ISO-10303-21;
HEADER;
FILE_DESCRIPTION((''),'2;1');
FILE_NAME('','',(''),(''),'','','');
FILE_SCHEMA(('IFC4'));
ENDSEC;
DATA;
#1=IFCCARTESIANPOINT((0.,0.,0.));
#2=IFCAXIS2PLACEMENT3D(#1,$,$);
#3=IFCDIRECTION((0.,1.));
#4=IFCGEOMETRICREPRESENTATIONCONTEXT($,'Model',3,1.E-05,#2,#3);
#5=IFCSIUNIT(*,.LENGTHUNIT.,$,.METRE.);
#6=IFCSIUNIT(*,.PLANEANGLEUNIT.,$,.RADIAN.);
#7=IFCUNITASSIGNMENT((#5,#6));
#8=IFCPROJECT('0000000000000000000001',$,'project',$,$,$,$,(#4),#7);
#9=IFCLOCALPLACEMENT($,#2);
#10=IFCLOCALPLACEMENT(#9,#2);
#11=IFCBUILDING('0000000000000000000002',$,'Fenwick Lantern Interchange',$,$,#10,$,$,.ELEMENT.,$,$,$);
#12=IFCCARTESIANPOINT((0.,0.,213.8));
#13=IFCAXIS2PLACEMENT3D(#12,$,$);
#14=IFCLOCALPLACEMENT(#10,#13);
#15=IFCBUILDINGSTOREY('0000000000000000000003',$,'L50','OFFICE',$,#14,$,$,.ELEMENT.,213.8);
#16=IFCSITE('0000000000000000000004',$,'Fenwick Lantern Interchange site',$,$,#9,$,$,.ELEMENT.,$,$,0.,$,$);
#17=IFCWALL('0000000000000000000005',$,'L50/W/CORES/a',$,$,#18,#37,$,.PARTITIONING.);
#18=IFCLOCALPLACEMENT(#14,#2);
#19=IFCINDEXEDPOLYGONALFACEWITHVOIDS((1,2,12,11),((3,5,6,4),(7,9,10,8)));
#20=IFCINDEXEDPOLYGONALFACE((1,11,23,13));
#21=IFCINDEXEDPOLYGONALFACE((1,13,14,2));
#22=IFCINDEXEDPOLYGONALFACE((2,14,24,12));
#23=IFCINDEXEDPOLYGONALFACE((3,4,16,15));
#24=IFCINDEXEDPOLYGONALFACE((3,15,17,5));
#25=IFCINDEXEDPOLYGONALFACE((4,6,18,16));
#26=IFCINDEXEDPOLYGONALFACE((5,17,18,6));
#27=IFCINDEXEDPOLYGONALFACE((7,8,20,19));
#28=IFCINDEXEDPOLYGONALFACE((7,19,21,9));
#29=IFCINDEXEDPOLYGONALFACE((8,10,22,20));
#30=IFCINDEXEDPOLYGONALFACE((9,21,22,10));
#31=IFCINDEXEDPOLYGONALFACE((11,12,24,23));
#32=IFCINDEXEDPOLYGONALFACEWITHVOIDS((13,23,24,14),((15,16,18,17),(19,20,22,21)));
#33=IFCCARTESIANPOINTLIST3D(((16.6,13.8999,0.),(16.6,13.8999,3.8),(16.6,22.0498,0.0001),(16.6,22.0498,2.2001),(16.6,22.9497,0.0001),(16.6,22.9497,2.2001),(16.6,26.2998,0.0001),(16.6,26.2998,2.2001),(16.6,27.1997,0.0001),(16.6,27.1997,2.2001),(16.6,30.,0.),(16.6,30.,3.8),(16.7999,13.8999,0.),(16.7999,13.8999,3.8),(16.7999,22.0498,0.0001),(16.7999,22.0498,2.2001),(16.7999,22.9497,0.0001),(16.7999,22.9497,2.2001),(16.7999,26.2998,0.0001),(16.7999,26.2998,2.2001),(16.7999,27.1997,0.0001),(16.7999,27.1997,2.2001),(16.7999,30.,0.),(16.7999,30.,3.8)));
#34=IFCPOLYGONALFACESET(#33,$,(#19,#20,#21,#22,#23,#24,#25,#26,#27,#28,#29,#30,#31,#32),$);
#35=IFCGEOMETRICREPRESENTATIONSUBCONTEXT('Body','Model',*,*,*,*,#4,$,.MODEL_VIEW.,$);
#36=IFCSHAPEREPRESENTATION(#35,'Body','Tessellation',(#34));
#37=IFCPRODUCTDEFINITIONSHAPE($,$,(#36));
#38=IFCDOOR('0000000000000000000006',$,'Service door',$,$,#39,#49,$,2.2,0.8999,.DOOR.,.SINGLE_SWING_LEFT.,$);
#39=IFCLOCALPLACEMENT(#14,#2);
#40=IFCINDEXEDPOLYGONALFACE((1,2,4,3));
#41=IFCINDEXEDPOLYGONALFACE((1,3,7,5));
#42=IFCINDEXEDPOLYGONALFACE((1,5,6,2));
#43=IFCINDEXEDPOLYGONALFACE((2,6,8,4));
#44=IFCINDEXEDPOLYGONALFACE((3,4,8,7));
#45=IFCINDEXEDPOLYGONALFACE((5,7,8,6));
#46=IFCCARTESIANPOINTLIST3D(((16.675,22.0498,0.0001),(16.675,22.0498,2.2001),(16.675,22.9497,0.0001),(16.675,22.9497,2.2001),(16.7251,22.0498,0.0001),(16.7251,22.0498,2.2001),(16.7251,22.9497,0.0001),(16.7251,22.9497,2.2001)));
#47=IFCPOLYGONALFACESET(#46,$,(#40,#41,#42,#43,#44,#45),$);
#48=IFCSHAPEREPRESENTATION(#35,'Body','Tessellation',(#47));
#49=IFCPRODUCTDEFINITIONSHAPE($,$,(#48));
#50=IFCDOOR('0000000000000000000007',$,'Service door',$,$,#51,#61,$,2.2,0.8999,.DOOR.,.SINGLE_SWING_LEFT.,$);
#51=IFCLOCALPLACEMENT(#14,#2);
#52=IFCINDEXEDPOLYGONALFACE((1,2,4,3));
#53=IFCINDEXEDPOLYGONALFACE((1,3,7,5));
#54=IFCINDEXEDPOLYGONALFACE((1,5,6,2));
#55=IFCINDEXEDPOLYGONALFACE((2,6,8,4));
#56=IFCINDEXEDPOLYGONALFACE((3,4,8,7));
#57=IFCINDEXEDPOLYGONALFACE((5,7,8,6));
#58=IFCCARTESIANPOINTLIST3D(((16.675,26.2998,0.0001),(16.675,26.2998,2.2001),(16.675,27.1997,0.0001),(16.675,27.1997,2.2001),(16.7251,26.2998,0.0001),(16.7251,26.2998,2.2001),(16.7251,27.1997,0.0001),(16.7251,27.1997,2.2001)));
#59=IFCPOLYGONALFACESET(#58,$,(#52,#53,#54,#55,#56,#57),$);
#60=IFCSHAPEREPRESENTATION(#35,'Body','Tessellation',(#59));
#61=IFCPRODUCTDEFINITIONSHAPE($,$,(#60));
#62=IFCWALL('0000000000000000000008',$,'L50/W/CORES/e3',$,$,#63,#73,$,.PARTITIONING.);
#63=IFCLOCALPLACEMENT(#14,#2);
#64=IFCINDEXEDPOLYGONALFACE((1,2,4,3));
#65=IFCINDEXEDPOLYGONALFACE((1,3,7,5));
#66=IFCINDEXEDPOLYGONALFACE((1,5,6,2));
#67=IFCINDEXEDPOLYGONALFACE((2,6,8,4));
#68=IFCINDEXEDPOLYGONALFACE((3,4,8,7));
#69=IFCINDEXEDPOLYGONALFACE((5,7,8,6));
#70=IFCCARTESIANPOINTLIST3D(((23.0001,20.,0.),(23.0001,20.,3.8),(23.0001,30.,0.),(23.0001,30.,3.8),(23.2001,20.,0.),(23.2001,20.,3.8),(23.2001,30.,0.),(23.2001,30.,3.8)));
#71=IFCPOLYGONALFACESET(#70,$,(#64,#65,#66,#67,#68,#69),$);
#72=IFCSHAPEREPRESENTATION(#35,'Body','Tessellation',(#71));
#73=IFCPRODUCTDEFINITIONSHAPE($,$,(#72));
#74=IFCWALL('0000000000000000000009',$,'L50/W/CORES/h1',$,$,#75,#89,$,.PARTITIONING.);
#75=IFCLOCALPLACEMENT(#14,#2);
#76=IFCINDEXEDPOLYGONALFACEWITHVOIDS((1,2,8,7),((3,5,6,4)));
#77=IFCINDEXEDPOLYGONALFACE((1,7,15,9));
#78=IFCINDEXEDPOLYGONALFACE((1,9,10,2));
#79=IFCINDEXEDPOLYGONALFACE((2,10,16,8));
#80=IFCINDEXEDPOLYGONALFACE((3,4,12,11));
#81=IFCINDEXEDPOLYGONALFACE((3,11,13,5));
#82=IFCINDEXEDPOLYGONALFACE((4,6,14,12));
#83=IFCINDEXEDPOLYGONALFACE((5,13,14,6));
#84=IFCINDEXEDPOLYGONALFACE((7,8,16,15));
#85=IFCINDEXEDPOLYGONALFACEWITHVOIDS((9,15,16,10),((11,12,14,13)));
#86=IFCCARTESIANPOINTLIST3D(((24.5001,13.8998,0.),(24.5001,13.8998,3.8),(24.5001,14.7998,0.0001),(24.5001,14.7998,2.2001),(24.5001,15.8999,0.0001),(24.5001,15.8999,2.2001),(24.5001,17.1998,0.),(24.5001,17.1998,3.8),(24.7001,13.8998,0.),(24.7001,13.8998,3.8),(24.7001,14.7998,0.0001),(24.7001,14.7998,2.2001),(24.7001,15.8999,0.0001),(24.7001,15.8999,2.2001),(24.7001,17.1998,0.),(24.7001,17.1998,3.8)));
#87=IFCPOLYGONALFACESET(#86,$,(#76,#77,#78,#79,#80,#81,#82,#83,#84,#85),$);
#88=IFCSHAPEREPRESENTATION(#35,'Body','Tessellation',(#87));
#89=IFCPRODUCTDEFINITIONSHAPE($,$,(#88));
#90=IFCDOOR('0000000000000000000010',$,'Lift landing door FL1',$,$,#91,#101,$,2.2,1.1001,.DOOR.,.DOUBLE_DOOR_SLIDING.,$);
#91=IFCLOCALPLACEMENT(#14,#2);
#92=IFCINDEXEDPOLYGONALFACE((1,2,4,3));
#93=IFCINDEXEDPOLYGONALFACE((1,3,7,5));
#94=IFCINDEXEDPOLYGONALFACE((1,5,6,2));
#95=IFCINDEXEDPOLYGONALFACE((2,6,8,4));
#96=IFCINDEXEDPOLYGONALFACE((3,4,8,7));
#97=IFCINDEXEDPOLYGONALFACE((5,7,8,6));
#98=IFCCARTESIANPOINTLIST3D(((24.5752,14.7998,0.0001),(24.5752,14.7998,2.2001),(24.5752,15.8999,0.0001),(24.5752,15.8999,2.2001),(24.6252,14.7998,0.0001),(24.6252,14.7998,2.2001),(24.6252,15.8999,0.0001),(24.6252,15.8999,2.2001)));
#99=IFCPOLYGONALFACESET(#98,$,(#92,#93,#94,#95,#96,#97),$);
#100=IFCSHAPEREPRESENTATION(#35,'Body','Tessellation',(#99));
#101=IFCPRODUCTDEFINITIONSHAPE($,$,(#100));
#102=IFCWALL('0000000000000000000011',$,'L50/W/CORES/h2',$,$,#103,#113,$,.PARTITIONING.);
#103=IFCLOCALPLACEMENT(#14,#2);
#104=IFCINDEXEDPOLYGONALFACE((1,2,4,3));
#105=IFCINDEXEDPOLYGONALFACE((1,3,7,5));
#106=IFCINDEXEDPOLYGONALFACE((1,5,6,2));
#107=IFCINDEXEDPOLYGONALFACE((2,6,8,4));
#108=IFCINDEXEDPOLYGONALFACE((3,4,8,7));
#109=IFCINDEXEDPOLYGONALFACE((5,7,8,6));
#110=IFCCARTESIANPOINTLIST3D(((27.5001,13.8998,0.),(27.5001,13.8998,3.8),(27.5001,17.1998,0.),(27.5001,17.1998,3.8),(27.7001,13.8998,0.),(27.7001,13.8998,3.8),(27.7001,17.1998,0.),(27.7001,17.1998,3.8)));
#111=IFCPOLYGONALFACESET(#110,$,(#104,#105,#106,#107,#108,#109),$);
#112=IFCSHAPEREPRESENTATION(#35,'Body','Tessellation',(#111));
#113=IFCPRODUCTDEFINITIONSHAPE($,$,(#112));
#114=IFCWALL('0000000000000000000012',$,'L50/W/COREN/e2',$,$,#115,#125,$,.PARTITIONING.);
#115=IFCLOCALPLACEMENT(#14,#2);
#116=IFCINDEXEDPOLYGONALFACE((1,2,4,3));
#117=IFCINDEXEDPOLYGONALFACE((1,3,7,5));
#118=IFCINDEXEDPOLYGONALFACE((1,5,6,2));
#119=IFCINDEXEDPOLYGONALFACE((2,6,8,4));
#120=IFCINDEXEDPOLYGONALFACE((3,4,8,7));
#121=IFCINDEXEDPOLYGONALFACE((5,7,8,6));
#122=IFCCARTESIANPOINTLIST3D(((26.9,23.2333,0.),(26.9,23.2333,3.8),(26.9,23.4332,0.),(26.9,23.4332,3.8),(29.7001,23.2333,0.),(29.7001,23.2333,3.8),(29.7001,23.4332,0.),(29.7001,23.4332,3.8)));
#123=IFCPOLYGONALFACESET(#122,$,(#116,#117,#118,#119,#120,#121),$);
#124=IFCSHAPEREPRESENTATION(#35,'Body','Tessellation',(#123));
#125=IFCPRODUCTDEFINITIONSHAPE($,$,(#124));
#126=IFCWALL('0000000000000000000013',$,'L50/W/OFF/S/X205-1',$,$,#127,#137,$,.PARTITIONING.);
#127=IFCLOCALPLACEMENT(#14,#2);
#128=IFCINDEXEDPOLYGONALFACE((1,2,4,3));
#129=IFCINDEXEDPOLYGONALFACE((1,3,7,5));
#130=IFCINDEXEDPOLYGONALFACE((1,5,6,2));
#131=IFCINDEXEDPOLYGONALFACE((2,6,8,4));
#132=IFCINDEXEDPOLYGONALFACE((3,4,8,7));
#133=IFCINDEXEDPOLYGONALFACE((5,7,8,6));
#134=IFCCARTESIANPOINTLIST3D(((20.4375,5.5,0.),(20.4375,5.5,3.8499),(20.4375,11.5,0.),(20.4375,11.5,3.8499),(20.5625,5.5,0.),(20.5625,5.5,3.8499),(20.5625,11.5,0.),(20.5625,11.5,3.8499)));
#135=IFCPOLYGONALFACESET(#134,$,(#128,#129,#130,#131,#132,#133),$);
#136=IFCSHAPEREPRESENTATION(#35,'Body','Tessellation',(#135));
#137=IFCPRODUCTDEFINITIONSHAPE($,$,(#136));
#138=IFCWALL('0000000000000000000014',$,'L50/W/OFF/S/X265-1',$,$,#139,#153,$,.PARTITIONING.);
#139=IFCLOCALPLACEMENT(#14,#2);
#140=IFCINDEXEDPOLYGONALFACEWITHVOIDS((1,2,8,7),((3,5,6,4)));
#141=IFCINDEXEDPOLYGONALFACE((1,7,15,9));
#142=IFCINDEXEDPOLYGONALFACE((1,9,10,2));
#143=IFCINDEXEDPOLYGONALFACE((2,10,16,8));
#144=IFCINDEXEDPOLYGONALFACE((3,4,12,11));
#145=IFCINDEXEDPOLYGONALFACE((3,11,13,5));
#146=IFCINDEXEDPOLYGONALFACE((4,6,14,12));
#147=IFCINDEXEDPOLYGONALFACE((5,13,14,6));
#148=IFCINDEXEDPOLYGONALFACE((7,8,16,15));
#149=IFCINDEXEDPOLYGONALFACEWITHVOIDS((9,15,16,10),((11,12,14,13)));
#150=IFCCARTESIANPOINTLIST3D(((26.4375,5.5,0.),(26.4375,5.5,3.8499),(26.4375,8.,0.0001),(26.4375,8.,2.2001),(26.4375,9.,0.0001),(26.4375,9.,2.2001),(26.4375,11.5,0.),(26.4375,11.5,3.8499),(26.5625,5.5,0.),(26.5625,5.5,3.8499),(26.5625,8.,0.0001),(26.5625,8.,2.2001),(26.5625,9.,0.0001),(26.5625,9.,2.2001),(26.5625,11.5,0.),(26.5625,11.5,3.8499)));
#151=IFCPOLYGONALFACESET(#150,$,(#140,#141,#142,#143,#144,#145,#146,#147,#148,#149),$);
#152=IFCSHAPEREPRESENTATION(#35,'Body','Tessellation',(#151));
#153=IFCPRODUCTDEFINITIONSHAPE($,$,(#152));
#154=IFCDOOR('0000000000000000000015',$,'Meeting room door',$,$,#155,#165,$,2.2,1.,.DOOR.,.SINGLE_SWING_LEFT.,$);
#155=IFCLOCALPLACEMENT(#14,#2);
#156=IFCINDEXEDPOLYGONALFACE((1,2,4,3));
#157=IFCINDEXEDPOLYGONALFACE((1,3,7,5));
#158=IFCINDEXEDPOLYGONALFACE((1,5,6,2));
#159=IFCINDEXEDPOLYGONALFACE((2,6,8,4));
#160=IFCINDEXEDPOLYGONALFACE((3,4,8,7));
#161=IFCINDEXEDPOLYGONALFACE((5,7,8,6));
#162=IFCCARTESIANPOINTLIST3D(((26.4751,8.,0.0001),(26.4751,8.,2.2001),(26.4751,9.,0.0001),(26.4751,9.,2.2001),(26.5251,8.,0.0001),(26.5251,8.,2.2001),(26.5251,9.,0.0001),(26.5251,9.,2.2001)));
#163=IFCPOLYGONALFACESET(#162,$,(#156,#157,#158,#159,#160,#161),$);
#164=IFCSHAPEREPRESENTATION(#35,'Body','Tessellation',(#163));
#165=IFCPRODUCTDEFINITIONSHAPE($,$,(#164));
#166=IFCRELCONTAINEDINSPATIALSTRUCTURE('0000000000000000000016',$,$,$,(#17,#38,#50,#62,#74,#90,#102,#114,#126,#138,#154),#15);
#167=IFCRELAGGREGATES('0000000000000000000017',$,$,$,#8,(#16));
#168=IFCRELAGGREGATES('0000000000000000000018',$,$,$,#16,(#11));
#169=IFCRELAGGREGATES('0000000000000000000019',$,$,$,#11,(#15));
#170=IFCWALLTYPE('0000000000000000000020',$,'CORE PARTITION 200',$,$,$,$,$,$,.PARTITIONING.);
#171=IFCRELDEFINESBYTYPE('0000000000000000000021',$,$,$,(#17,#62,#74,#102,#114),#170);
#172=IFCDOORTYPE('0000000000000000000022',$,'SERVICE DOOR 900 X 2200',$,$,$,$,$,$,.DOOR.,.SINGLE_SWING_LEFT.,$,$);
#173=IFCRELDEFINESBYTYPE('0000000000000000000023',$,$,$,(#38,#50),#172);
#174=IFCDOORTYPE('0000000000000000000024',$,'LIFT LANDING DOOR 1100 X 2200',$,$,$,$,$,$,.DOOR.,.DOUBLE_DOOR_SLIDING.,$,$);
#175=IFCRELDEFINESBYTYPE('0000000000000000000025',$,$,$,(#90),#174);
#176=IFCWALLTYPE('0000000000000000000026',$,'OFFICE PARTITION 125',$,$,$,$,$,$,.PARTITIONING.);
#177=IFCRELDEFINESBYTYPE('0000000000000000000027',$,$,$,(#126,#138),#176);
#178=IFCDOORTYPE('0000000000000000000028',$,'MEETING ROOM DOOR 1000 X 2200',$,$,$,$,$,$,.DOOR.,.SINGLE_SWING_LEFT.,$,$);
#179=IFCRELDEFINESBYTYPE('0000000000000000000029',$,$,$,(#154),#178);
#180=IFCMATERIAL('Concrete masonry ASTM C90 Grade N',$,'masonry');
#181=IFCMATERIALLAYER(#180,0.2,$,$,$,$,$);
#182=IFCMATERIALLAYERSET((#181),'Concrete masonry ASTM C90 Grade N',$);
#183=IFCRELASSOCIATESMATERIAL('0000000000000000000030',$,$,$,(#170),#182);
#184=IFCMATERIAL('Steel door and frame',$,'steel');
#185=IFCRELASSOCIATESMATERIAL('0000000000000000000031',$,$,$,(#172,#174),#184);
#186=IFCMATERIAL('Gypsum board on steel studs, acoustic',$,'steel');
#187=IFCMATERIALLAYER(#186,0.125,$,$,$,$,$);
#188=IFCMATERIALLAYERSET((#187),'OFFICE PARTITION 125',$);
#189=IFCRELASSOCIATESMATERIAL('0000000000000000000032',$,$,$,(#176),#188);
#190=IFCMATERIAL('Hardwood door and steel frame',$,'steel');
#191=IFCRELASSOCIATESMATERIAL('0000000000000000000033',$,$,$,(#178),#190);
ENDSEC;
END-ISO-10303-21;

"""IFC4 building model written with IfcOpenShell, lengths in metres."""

from ifc_helpers import new_model, si_unit, direction, frame, frame_2d, origin, place, context, subcontext, project, spatial, rectangle, extrude, material, layer, layer_set, type_object, element, fill, save


model = new_model("IFC4")

# Units and contexts
model_context = context("Model", 3, precision=1e-05, world=origin(), true_north=direction((0.0, 1.0)))
body_context = subcontext(model_context, "Body", "Model", "MODEL_VIEW")
ifc_project = project(units=[si_unit("LENGTHUNIT", "METRE"), si_unit("PLANEANGLEUNIT", "RADIAN")], contexts=[model_context])

# Site, building, storey
site_placement = place(None, origin())
site = spatial("IfcSite", under=ifc_project, at=site_placement, Name="Fenwick Lantern Interchange site", CompositionType="ELEMENT", RefElevation=0.0)
building_placement = place(site_placement, origin())
building = spatial("IfcBuilding", under=site, at=building_placement, Name="Fenwick Lantern Interchange", CompositionType="ELEMENT")
storey_placement = place(building_placement, frame((0.0, 0.0, 213.8)))
storey = spatial("IfcBuildingStorey", under=building, at=storey_placement, Name="L50", Description="OFFICE", CompositionType="ELEMENT", Elevation=213.8)

# Wall, openings, doors
ifc_material_1 = material(Name="Concrete masonry ASTM C90 Grade N", Category="masonry")
ifc_layer_1 = layer(ifc_material_1, 0.2)
ifc_layer_set_1 = layer_set([ifc_layer_1], Name="Concrete masonry ASTM C90 Grade N")
wall_type_1 = type_object("IfcWallType", Name="CORE PARTITION 200", PredefinedType="PARTITIONING", material=ifc_layer_set_1)
wall_1_placement = place(storey_placement, frame((16.7, 13.8999, 0.0), z_axis=(0.0, 0.0, 1.0), x_axis=(0.0, 1.0, 0.0)))
wall_1 = element("IfcWall", 1, at=wall_1_placement, inside=storey, type_object=wall_type_1, Name="L50/W/CORES/a", PredefinedType="PARTITIONING", context=body_context, shape_type="SweptSolid", body=[
    extrude(rectangle(XDim=16.1001, YDim=0.2, at=frame_2d((8.05, 0.0))), origin(), (0.0, 0.0, 1.0), 3.8),
])
opening_1_placement = place(wall_1_placement, frame((8.1499, 0.0, 0.0)))
opening_1 = element("IfcOpeningElement", 2, at=opening_1_placement, cuts=wall_1, PredefinedType="OPENING", context=body_context, shape_type="SweptSolid", body=[
    extrude(rectangle(XDim=0.8999, YDim=2.2, at=frame_2d((0.45, 1.1001))), frame((0.0, 0.1099, 0.0), z_axis=(0.0, -1.0, 0.0), x_axis=(1.0, 0.0, 0.0)), (0.0, 0.0, 1.0), 0.22),
])
opening_2_placement = place(wall_1_placement, frame((12.3999, 0.0, 0.0)))
opening_2 = element("IfcOpeningElement", 3, at=opening_2_placement, cuts=wall_1, PredefinedType="OPENING", context=body_context, shape_type="SweptSolid", body=[
    extrude(rectangle(XDim=0.8999, YDim=2.2, at=frame_2d((0.45, 1.1001))), frame((0.0, 0.1099, 0.0), z_axis=(0.0, -1.0, 0.0), x_axis=(1.0, 0.0, 0.0)), (0.0, 0.0, 1.0), 0.22),
])
ifc_material_2 = material(Name="Steel door and frame", Category="steel")
door_type_1 = type_object("IfcDoorType", Name="SERVICE DOOR 900 X 2200", OperationType="SINGLE_SWING_LEFT", PredefinedType="DOOR", material=ifc_material_2)
door_1_placement = place(opening_1_placement, origin())
door_1 = element("IfcDoor", 4, at=door_1_placement, inside=storey, type_object=door_type_1, Name="Service door", OperationType="SINGLE_SWING_LEFT", OverallHeight=2.2, OverallWidth=0.8999, PredefinedType="DOOR", context=body_context, shape_type="SweptSolid", body=[
    extrude(rectangle(XDim=0.8999, YDim=2.2, at=frame_2d((0.45, 1.1001))), frame((0.0, 0.0249, 0.0), z_axis=(0.0, -1.0, 0.0), x_axis=(1.0, 0.0, 0.0)), (0.0, 0.0, 1.0), 0.05),
])
fill(opening_1, door_1)
door_2_placement = place(opening_2_placement, origin())
door_2 = element("IfcDoor", 5, at=door_2_placement, inside=storey, type_object=door_type_1, Name="Service door", OperationType="SINGLE_SWING_LEFT", OverallHeight=2.2, OverallWidth=0.8999, PredefinedType="DOOR", context=body_context, shape_type="SweptSolid", body=[
    extrude(rectangle(XDim=0.8999, YDim=2.2, at=frame_2d((0.45, 1.1001))), frame((0.0, 0.0249, 0.0), z_axis=(0.0, -1.0, 0.0), x_axis=(1.0, 0.0, 0.0)), (0.0, 0.0, 1.0), 0.05),
])
fill(opening_2, door_2)

# Wall
wall_2_placement = place(storey_placement, frame((23.1001, 20.0, 0.0), z_axis=(0.0, 0.0, 1.0), x_axis=(0.0, 1.0, 0.0)))
element("IfcWall", 6, at=wall_2_placement, inside=storey, type_object=wall_type_1, Name="L50/W/CORES/e3", PredefinedType="PARTITIONING", context=body_context, shape_type="SweptSolid", body=[
    extrude(rectangle(XDim=10.0, YDim=0.2, at=frame_2d((5.0, 0.0))), origin(), (0.0, 0.0, 1.0), 3.8),
])

# Wall, opening, door
wall_3_placement = place(storey_placement, frame((24.6001, 13.8999, 0.0), z_axis=(0.0, 0.0, 1.0), x_axis=(0.0, 1.0, 0.0)))
wall_3 = element("IfcWall", 7, at=wall_3_placement, inside=storey, type_object=wall_type_1, Name="L50/W/CORES/h1", PredefinedType="PARTITIONING", context=body_context, shape_type="SweptSolid", body=[
    extrude(rectangle(XDim=3.3, YDim=0.2, at=frame_2d((1.6499, 0.0))), origin(), (0.0, 0.0, 1.0), 3.8),
])
opening_3_placement = place(wall_3_placement, frame((0.8999, 0.0, 0.0)))
opening_3 = element("IfcOpeningElement", 8, at=opening_3_placement, cuts=wall_3, PredefinedType="OPENING", context=body_context, shape_type="SweptSolid", body=[
    extrude(rectangle(XDim=1.1001, YDim=2.2, at=frame_2d((0.55, 1.1001))), frame((0.0, 0.1099, 0.0), z_axis=(0.0, -1.0, 0.0), x_axis=(1.0, 0.0, 0.0)), (0.0, 0.0, 1.0), 0.22),
])
door_type_2 = type_object("IfcDoorType", Name="LIFT LANDING DOOR 1100 X 2200", OperationType="DOUBLE_DOOR_SLIDING", PredefinedType="DOOR", material=ifc_material_2)
door_3_placement = place(opening_3_placement, origin())
door_3 = element("IfcDoor", 9, at=door_3_placement, inside=storey, type_object=door_type_2, Name="Lift landing door FL1", OperationType="DOUBLE_DOOR_SLIDING", OverallHeight=2.2, OverallWidth=1.1001, PredefinedType="DOOR", context=body_context, shape_type="SweptSolid", body=[
    extrude(rectangle(XDim=1.1001, YDim=2.2, at=frame_2d((0.55, 1.1001))), frame((0.0, 0.0249, 0.0), z_axis=(0.0, -1.0, 0.0), x_axis=(1.0, 0.0, 0.0)), (0.0, 0.0, 1.0), 0.05),
])
fill(opening_3, door_3)

# Walls
wall_4_placement = place(storey_placement, frame((27.6001, 13.8999, 0.0), z_axis=(0.0, 0.0, 1.0), x_axis=(0.0, 1.0, 0.0)))
element("IfcWall", 10, at=wall_4_placement, inside=storey, type_object=wall_type_1, Name="L50/W/CORES/h2", PredefinedType="PARTITIONING", context=body_context, shape_type="SweptSolid", body=[
    extrude(rectangle(XDim=3.3, YDim=0.2, at=frame_2d((1.6499, 0.0))), origin(), (0.0, 0.0, 1.0), 3.8),
])
wall_5_placement = place(storey_placement, frame((29.7, 23.3333, 0.0), z_axis=(0.0, 0.0, 1.0), x_axis=(-1.0, 0.0, 0.0)))
element("IfcWall", 11, at=wall_5_placement, inside=storey, type_object=wall_type_1, Name="L50/W/COREN/e2", PredefinedType="PARTITIONING", context=body_context, shape_type="SweptSolid", body=[
    extrude(rectangle(XDim=2.8, YDim=0.2, at=frame_2d((1.3999, 0.0))), origin(), (0.0, 0.0, 1.0), 3.8),
])
ifc_material_3 = material(Name="Gypsum board on steel studs, acoustic", Category="steel")
ifc_layer_2 = layer(ifc_material_3, 0.125)
ifc_layer_set_2 = layer_set([ifc_layer_2], Name="OFFICE PARTITION 125")
wall_type_2 = type_object("IfcWallType", Name="OFFICE PARTITION 125", PredefinedType="PARTITIONING", material=ifc_layer_set_2)
wall_6_placement = place(storey_placement, frame((20.5, 5.5, 0.0), z_axis=(0.0, 0.0, 1.0), x_axis=(0.0, 1.0, 0.0)))
element("IfcWall", 12, at=wall_6_placement, inside=storey, type_object=wall_type_2, Name="L50/W/OFF/S/X205-1", PredefinedType="PARTITIONING", context=body_context, shape_type="SweptSolid", body=[
    extrude(rectangle(XDim=6.0, YDim=0.125, at=frame_2d((3.0, 0.0))), origin(), (0.0, 0.0, 1.0), 3.8499),
])

# Wall, opening, door
wall_7_placement = place(storey_placement, frame((26.5, 5.5, 0.0), z_axis=(0.0, 0.0, 1.0), x_axis=(0.0, 1.0, 0.0)))
wall_7 = element("IfcWall", 13, at=wall_7_placement, inside=storey, type_object=wall_type_2, Name="L50/W/OFF/S/X265-1", PredefinedType="PARTITIONING", context=body_context, shape_type="SweptSolid", body=[
    extrude(rectangle(XDim=6.0, YDim=0.125, at=frame_2d((3.0, 0.0))), origin(), (0.0, 0.0, 1.0), 3.8499),
])
opening_4_placement = place(wall_7_placement, frame((2.5, 0.0, 0.0)))
opening_4 = element("IfcOpeningElement", 14, at=opening_4_placement, cuts=wall_7, PredefinedType="OPENING", context=body_context, shape_type="SweptSolid", body=[
    extrude(rectangle(XDim=1.0, YDim=2.2, at=frame_2d((0.5, 1.1001))), frame((0.0, 0.0725, 0.0), z_axis=(0.0, -1.0, 0.0), x_axis=(1.0, 0.0, 0.0)), (0.0, 0.0, 1.0), 0.145),
])
ifc_material_4 = material(Name="Hardwood door and steel frame", Category="steel")
door_type_3 = type_object("IfcDoorType", Name="MEETING ROOM DOOR 1000 X 2200", OperationType="SINGLE_SWING_LEFT", PredefinedType="DOOR", material=ifc_material_4)
door_4_placement = place(opening_4_placement, origin())
door_4 = element("IfcDoor", 15, at=door_4_placement, inside=storey, type_object=door_type_3, Name="Meeting room door", OperationType="SINGLE_SWING_LEFT", OverallHeight=2.2, OverallWidth=1.0, PredefinedType="DOOR", context=body_context, shape_type="SweptSolid", body=[
    extrude(rectangle(XDim=1.0, YDim=2.2, at=frame_2d((0.5, 1.1001))), frame((0.0, 0.0249, 0.0), z_axis=(0.0, -1.0, 0.0), x_axis=(1.0, 0.0, 0.0)), (0.0, 0.0, 1.0), 0.05),
])
fill(opening_4, door_4)

save(model, "model.ifc")
